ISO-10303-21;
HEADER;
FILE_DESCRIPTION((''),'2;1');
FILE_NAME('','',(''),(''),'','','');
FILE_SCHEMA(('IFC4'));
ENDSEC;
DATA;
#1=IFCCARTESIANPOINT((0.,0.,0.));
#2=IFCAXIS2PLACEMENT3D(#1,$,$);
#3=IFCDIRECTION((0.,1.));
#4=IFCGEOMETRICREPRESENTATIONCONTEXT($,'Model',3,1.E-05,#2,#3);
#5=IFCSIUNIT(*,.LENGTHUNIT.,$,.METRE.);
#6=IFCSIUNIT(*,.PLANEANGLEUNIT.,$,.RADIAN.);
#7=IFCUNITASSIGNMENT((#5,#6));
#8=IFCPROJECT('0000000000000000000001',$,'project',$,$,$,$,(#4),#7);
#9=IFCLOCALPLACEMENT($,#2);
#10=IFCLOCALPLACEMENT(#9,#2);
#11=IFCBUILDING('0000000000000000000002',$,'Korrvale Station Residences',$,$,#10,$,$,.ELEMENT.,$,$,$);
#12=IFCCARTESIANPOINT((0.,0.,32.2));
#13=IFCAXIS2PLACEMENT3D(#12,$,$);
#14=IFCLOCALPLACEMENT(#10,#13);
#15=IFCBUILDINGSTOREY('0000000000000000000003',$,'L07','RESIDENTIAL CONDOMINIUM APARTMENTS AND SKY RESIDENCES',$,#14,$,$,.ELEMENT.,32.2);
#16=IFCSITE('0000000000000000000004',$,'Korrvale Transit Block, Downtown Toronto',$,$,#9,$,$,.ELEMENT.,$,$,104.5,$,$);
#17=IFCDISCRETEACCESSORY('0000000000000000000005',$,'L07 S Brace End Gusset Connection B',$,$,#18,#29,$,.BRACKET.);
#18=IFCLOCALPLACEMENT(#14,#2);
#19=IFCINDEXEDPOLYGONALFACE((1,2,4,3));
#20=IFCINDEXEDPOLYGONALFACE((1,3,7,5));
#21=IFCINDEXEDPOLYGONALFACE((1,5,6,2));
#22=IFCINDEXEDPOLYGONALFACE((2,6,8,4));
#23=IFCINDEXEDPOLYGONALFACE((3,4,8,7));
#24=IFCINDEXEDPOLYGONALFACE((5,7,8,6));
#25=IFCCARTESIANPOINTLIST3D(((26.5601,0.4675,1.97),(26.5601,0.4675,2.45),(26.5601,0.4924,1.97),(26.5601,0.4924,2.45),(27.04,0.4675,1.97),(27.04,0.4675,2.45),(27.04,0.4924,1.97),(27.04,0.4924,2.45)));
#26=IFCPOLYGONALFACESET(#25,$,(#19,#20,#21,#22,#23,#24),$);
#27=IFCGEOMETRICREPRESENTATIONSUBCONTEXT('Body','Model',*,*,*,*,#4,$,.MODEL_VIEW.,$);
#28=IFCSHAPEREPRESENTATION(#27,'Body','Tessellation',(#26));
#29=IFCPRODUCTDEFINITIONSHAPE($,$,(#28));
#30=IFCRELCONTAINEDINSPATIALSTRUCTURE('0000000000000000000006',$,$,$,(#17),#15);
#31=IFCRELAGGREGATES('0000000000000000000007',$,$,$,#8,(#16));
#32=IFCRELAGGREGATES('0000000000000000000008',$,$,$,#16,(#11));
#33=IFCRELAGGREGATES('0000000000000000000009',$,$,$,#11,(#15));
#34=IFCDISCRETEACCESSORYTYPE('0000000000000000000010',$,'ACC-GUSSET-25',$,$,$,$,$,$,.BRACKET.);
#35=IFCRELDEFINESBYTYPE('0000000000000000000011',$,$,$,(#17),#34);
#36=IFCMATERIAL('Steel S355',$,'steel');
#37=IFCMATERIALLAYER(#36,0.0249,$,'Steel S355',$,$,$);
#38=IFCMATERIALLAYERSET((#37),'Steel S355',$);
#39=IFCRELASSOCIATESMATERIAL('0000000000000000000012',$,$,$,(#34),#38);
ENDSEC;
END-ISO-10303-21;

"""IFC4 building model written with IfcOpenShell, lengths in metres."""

from ifc_helpers import new_model, si_unit, direction, frame, origin, origin_2d, place, context, subcontext, project, spatial, rectangle, extrude, material, layer, layer_set, type_object, element, save


model = new_model("IFC4")

# Units and contexts
model_context = context("Model", 3, precision=1e-05, world=origin(), true_north=direction((0.0, 1.0)))
body_context = subcontext(model_context, "Body", "Model", "MODEL_VIEW")
ifc_project = project(units=[si_unit("LENGTHUNIT", "METRE"), si_unit("PLANEANGLEUNIT", "RADIAN")], contexts=[model_context])

# Site, building, storey
site_placement = place(None, origin())
site = spatial("IfcSite", under=ifc_project, at=site_placement, Name="Korrvale Transit Block, Downtown Toronto", CompositionType="ELEMENT", RefElevation=104.5)
building_placement = place(site_placement, origin())
building = spatial("IfcBuilding", under=site, at=building_placement, Name="Korrvale Station Residences", CompositionType="ELEMENT")
storey_placement = place(building_placement, frame((0.0, 0.0, 32.2)))
storey = spatial("IfcBuildingStorey", under=building, at=storey_placement, Name="L07", Description="RESIDENTIAL CONDOMINIUM APARTMENTS AND SKY RESIDENCES", CompositionType="ELEMENT", Elevation=32.2)

# Shared definitions
ifc_material_1 = material(Name="Steel S355", Category="steel")

# Discrete accessory
ifc_layer_1 = layer(ifc_material_1, 0.0249, Name="Steel S355")
ifc_layer_set_1 = layer_set([ifc_layer_1], Name="Steel S355")
discrete_accessory_type = type_object("IfcDiscreteAccessoryType", Name="ACC-GUSSET-25", PredefinedType="BRACKET", material=ifc_layer_set_1)
for number, where, z_axis, x_axis, name in (
    (1, (26.8, 0.48, 1.97), (0.0, 0.0, 1.0), (1.0, 0.0, 0.0), "L07 S Brace End Gusset Connection B"),
):
    element("IfcDiscreteAccessory", number, at=place(storey_placement, frame(where, z_axis=z_axis, x_axis=x_axis)), inside=storey, type_object=discrete_accessory_type, Name=name, PredefinedType="BRACKET", context=body_context, shape_type="SweptSolid", body=[
        extrude(rectangle(XDim=0.48, YDim=0.0249, at=origin_2d()), origin(), (0.0, 0.0, 1.0), 0.48),
    ])

save(model, "model.ifc")
